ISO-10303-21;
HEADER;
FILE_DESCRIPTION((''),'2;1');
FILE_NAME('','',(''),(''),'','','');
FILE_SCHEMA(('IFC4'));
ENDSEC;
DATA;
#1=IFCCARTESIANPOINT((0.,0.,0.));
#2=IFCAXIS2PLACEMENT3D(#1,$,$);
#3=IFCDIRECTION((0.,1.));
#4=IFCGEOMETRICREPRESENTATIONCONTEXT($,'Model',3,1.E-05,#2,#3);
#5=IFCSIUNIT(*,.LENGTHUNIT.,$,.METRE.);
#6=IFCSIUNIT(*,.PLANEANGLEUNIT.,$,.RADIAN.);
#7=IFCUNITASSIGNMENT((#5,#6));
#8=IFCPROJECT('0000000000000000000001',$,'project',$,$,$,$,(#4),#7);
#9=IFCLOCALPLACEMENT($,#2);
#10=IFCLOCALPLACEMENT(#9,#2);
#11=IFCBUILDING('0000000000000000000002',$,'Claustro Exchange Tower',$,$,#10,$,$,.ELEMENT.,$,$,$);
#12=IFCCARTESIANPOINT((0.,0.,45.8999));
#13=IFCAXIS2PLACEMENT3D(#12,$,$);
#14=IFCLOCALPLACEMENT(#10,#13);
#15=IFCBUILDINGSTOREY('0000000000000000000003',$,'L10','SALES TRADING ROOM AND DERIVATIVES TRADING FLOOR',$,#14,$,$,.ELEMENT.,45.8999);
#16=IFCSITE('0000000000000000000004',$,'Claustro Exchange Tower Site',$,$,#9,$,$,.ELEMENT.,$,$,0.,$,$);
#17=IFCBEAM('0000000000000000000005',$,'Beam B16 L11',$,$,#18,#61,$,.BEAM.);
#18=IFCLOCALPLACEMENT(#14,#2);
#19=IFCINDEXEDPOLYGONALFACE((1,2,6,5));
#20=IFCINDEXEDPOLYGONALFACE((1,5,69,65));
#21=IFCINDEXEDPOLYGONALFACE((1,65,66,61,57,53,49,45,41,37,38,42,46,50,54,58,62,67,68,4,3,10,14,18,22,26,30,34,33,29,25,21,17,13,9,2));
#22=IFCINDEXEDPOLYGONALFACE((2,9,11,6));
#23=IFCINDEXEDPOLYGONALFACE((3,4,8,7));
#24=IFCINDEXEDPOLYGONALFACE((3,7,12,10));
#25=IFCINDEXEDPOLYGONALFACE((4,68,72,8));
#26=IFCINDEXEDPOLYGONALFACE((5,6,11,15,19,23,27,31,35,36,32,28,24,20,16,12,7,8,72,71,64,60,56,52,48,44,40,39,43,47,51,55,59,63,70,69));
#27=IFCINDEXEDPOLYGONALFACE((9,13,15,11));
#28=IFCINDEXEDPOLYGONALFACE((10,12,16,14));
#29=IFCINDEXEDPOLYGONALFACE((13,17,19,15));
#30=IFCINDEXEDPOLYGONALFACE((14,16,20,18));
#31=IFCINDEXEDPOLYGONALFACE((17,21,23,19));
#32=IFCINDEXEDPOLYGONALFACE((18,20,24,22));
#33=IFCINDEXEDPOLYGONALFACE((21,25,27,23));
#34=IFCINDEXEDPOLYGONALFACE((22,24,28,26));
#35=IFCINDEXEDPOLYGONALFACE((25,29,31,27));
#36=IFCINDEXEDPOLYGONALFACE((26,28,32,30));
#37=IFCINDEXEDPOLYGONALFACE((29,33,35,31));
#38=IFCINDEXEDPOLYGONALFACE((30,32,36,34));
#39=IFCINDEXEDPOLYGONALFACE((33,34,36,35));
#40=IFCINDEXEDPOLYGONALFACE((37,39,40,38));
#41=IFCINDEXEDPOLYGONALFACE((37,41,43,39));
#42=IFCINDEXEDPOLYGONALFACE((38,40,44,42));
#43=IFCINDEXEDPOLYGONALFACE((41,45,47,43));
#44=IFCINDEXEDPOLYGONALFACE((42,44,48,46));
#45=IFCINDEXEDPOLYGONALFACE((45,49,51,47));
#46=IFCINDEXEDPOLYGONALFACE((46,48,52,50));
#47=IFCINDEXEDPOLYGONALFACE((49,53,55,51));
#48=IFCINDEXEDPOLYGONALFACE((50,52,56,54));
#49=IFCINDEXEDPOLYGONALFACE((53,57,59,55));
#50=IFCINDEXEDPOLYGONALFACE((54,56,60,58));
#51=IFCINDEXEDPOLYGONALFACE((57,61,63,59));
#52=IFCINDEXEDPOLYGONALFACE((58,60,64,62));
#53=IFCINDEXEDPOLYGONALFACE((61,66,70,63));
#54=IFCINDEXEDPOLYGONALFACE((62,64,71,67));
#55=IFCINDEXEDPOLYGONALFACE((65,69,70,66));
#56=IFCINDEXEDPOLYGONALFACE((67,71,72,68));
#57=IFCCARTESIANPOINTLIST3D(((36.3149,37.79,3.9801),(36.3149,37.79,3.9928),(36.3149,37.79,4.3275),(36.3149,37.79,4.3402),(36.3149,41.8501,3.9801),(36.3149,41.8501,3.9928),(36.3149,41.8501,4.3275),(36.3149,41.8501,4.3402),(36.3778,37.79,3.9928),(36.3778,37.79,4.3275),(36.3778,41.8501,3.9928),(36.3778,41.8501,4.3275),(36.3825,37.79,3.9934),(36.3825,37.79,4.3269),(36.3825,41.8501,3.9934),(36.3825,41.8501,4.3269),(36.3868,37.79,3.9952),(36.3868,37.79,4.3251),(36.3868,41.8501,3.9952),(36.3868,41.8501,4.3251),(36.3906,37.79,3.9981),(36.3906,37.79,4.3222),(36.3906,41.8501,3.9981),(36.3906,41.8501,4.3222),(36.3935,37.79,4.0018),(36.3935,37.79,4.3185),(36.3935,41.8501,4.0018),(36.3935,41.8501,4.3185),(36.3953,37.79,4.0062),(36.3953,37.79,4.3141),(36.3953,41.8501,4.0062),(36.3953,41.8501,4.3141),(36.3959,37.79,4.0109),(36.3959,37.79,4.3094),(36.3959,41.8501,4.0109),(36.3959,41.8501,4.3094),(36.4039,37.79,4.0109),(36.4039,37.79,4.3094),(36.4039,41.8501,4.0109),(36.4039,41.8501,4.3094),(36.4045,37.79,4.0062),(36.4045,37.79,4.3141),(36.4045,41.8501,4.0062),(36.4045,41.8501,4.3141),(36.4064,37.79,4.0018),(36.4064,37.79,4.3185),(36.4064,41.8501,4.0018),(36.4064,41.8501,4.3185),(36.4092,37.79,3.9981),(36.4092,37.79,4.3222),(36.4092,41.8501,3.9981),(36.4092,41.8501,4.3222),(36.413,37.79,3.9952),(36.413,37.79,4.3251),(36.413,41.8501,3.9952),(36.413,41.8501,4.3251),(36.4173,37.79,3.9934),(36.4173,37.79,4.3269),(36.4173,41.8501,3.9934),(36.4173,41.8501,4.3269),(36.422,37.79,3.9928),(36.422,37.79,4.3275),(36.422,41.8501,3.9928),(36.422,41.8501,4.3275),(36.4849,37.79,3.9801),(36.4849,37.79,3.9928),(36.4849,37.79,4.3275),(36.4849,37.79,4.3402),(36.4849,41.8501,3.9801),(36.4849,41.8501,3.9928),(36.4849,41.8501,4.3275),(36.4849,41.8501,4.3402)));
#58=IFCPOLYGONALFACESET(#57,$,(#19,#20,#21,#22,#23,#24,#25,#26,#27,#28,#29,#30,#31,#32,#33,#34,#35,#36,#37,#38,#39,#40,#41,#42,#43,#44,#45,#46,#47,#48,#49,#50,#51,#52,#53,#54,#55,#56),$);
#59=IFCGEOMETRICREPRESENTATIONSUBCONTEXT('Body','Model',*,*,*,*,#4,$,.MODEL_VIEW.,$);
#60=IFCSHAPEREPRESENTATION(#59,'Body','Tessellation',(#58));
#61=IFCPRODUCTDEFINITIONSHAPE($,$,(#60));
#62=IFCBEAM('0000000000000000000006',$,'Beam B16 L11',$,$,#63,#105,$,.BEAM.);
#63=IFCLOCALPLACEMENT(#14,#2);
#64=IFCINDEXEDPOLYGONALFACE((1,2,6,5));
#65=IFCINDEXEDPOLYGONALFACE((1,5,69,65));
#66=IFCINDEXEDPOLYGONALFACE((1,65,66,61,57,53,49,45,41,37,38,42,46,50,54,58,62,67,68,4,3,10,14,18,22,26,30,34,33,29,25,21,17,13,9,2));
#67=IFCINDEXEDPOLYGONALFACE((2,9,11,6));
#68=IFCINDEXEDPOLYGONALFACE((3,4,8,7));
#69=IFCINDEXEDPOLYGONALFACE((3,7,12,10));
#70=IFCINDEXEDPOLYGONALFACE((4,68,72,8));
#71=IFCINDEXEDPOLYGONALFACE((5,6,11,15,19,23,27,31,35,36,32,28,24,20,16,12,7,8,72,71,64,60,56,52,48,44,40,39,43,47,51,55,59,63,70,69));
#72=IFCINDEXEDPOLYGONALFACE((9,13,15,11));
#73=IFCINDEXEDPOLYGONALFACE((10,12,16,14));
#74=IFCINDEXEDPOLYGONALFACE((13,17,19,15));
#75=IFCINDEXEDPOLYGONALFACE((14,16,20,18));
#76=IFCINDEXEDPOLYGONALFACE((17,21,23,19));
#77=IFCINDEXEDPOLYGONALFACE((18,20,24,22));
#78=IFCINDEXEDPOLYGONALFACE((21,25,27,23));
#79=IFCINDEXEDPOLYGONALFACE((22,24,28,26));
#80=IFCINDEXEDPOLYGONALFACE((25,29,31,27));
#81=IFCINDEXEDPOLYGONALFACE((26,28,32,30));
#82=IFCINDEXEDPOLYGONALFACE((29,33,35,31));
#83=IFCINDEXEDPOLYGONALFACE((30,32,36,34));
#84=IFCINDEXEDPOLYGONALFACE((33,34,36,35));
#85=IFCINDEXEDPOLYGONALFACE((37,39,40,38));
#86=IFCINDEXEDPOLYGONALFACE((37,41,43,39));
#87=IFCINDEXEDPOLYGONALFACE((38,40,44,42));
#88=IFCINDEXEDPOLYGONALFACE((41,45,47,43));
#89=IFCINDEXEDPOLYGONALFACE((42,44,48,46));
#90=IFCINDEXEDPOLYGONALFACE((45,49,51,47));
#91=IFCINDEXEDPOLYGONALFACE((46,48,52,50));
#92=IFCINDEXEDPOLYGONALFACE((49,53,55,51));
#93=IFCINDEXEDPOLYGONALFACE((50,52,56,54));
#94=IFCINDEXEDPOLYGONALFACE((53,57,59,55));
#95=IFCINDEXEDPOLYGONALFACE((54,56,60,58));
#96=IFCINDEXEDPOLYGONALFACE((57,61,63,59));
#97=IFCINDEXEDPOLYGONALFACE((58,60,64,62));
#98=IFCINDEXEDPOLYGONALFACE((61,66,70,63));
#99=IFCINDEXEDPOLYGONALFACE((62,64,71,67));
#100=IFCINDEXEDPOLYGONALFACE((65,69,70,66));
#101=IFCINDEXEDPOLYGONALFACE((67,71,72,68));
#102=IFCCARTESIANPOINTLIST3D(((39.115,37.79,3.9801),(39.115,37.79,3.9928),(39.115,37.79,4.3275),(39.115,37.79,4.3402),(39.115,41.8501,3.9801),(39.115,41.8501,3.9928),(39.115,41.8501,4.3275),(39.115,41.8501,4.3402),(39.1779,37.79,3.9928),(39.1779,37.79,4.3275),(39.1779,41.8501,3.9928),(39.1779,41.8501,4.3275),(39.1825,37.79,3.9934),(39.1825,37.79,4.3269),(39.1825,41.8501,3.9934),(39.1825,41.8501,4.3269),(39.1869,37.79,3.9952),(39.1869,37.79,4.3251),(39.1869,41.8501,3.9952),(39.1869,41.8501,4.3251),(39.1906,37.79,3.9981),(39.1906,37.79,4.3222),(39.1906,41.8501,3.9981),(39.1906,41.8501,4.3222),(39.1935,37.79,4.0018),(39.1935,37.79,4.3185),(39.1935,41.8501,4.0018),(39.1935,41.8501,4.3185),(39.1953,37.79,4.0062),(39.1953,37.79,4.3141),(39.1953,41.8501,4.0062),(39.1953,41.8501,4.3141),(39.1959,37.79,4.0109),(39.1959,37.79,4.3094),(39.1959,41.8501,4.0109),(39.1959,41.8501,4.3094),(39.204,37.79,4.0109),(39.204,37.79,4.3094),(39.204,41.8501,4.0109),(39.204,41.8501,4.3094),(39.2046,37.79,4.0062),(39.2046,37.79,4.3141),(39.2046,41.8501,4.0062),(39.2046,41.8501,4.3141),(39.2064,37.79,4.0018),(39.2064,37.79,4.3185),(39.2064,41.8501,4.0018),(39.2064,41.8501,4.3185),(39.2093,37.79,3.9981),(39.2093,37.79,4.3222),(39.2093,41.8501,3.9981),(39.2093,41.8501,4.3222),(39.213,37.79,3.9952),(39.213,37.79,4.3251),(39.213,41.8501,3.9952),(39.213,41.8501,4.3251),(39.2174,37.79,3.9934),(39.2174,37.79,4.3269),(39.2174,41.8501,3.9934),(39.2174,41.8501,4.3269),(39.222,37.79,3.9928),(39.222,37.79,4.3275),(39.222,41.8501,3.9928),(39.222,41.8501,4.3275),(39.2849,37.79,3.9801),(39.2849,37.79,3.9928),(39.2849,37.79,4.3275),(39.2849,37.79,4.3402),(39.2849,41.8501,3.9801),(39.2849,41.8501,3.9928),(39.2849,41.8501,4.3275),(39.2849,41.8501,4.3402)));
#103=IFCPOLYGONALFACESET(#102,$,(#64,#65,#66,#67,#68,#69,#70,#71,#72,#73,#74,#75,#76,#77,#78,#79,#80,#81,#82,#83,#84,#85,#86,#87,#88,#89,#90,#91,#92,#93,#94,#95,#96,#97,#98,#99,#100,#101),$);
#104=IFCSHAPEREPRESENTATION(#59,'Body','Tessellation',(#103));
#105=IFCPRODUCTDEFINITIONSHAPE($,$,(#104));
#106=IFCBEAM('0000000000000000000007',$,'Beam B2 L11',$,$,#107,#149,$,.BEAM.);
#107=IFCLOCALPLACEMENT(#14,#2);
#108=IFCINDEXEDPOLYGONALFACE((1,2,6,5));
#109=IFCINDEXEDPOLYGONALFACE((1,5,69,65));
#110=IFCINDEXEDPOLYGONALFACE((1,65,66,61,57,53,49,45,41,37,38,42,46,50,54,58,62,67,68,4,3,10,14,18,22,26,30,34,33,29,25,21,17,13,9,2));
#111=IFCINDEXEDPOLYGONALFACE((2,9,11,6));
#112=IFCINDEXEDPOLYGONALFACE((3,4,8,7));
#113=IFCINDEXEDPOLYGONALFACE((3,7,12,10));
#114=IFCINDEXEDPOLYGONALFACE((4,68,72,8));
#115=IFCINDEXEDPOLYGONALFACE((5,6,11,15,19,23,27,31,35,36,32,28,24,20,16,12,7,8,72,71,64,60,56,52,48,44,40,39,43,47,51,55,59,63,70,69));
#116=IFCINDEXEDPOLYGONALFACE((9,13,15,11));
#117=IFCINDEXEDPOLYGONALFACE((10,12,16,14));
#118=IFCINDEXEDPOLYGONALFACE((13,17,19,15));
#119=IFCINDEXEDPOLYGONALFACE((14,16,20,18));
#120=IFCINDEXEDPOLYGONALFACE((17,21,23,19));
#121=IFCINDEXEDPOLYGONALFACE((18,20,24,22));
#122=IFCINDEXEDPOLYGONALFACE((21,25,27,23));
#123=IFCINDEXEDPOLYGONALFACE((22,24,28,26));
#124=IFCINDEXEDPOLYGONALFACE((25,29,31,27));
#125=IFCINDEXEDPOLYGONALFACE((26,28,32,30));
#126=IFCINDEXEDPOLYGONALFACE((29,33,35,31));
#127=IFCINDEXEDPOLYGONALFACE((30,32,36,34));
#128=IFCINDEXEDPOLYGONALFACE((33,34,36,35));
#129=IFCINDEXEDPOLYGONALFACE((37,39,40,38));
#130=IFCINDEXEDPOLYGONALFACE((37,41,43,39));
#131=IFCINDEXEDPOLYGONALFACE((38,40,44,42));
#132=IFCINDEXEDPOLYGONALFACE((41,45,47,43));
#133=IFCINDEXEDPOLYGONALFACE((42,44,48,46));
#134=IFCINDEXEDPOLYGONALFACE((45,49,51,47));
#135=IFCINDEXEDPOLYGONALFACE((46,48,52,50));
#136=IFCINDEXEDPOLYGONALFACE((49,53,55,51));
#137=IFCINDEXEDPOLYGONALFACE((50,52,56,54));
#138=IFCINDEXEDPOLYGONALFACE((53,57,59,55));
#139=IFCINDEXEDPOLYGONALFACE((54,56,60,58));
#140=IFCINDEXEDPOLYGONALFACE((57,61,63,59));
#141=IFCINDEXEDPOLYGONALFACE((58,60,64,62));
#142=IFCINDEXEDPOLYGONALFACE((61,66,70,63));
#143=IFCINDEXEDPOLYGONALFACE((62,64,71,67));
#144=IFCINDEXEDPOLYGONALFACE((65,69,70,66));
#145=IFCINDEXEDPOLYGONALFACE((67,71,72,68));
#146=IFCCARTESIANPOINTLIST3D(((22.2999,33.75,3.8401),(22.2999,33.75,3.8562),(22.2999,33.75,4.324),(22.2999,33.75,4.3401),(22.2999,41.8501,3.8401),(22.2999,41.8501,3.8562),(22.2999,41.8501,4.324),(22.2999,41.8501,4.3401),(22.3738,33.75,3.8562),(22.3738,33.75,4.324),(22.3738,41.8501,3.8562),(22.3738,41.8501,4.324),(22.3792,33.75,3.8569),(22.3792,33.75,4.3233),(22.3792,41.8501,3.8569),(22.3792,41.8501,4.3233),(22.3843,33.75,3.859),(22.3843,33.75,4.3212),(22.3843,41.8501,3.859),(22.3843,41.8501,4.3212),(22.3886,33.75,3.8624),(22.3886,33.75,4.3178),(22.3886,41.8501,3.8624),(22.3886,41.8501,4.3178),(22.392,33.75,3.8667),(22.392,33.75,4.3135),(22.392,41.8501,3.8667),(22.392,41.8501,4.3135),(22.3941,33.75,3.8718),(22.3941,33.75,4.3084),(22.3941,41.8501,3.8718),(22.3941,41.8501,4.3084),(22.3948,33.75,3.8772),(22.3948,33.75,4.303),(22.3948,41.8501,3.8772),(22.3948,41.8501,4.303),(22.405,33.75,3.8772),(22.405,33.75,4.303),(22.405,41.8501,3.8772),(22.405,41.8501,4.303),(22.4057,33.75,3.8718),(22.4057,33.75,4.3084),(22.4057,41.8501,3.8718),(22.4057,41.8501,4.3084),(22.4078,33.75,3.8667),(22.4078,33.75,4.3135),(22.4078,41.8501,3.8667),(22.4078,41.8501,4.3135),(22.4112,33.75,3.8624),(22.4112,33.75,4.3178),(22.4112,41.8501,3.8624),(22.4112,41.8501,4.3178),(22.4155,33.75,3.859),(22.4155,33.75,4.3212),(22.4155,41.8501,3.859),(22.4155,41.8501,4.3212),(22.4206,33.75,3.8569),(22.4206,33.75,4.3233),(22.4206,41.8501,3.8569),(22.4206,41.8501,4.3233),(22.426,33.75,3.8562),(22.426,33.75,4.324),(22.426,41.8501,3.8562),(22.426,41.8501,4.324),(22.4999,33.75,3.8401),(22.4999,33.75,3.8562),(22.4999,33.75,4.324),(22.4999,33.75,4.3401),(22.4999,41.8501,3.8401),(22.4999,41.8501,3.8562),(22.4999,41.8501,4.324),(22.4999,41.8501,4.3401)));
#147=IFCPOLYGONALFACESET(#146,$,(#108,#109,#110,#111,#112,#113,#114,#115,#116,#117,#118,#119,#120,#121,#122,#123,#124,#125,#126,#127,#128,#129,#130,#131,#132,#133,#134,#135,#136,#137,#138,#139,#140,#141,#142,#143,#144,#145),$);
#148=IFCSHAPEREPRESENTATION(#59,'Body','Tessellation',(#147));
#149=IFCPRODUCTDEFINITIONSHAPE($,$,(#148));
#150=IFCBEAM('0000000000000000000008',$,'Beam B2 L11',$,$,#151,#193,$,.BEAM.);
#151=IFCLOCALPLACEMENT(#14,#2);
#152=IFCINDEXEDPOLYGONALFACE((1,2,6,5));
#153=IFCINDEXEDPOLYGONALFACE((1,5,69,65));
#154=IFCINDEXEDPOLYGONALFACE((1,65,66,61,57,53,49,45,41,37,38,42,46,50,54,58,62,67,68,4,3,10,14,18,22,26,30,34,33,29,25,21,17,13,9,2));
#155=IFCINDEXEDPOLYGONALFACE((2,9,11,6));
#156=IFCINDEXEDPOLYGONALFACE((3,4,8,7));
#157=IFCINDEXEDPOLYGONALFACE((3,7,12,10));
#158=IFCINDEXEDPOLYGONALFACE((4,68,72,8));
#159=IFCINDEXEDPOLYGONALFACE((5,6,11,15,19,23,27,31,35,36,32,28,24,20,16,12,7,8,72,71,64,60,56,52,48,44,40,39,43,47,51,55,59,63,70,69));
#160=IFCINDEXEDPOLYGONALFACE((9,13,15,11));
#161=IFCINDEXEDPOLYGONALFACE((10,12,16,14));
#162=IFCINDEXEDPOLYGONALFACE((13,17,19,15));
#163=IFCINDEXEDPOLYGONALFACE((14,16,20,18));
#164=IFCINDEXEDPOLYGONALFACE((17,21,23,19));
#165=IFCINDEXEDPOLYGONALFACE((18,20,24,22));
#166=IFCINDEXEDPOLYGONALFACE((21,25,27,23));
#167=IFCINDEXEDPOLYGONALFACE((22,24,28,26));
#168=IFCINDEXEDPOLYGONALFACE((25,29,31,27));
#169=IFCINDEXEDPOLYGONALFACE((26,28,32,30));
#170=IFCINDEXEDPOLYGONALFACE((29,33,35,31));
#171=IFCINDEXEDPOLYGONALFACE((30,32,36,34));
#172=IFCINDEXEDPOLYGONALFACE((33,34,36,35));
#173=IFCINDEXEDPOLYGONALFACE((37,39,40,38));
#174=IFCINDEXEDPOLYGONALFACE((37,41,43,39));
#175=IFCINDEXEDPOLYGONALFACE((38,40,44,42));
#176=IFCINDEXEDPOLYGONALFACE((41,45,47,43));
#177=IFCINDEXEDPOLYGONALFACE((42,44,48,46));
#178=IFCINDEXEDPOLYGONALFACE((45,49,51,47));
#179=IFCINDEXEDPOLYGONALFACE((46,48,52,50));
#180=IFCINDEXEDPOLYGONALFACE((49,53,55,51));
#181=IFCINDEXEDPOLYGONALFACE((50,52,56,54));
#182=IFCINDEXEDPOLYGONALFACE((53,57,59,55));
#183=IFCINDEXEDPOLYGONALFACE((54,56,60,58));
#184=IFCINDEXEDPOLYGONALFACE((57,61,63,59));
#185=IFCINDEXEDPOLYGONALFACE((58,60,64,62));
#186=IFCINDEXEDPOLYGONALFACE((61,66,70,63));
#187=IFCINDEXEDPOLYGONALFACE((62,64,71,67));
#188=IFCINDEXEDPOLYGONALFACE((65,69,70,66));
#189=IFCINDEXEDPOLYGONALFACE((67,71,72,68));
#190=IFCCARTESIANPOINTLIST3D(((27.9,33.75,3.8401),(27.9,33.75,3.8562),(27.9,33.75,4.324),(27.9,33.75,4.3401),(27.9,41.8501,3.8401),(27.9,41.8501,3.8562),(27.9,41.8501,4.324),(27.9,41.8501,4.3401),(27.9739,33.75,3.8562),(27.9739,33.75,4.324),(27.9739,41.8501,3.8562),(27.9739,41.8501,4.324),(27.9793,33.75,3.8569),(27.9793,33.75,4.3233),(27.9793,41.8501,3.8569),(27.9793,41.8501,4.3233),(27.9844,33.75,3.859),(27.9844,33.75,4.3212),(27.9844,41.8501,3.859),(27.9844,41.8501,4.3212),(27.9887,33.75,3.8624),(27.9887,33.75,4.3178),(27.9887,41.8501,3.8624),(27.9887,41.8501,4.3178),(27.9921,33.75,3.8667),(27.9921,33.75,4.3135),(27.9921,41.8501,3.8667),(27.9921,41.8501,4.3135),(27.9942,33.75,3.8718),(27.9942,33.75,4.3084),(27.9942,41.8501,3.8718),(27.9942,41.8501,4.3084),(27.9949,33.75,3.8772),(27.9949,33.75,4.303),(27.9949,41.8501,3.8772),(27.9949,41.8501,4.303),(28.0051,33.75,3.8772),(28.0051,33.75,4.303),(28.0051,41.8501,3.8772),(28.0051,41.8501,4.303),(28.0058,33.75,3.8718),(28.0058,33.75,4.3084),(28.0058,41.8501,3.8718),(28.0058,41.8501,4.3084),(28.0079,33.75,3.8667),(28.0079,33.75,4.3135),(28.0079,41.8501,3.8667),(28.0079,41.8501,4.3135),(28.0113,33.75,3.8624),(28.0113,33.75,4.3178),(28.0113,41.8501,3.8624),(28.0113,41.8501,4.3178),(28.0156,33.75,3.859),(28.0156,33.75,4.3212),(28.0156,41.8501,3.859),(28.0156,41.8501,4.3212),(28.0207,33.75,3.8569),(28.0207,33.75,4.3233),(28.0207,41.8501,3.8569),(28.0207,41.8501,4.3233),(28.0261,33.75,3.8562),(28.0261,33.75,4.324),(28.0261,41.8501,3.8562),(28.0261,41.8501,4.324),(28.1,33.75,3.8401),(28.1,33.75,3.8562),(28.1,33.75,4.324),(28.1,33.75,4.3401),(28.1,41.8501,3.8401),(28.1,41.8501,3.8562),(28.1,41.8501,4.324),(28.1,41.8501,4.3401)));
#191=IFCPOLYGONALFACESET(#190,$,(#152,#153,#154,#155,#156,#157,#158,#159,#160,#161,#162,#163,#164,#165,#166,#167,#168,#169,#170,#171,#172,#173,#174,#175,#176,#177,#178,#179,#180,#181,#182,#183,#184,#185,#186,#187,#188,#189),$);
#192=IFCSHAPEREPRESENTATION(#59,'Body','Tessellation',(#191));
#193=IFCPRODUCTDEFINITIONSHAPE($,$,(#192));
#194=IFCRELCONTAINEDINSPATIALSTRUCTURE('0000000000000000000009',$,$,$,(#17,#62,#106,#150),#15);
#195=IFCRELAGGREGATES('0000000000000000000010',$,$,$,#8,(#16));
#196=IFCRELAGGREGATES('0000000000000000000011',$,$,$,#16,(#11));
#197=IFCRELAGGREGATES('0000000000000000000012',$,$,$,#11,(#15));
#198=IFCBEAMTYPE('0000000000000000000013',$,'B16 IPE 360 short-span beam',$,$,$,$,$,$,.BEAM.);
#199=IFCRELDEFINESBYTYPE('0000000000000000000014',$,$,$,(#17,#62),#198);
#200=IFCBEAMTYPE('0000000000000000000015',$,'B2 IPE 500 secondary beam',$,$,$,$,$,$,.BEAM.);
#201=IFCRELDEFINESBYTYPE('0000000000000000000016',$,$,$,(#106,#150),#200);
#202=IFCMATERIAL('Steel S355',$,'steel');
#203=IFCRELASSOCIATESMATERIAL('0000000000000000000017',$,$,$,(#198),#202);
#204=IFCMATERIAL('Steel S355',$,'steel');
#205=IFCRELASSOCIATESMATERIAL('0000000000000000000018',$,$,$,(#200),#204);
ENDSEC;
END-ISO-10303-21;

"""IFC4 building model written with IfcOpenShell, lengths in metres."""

from ifc_helpers import new_model, si_unit, direction, frame, origin, origin_2d, place, context, subcontext, project, spatial, i_section, extrude, material, material_profile, profile_set, type_object, element, save


model = new_model("IFC4")

# Units and contexts
model_context = context("Model", 3, precision=1e-05, world=origin(), true_north=direction((0.0, 1.0)))
body_context = subcontext(model_context, "Body", "Model", "MODEL_VIEW")
ifc_project = project(units=[si_unit("LENGTHUNIT", "METRE"), si_unit("PLANEANGLEUNIT", "RADIAN")], contexts=[model_context])

# Site, building, storey
site_placement = place(None, origin())
site = spatial("IfcSite", under=ifc_project, at=site_placement, Name="Claustro Exchange Tower Site", CompositionType="ELEMENT", RefElevation=0.0)
building_placement = place(site_placement, origin())
building = spatial("IfcBuilding", under=site, at=building_placement, Name="Claustro Exchange Tower", CompositionType="ELEMENT")
storey_placement = place(building_placement, frame((0.0, 0.0, 45.8999)))
storey = spatial("IfcBuildingStorey", under=building, at=storey_placement, Name="L10", Description="SALES TRADING ROOM AND DERIVATIVES TRADING FLOOR", CompositionType="ELEMENT", Elevation=45.8999)

# Beams
ifc_material_1 = material(Name="Steel S355", Category="steel")
ifc_material_profile_1 = material_profile(ifc_material_1, i_section(OverallWidth=0.1699, OverallDepth=0.3601, WebThickness=0.0081, FlangeThickness=0.0127, FilletRadius=0.0181, at=origin_2d()), Name="IPE 360")
ifc_profile_set_1 = profile_set([ifc_material_profile_1], Name="Steel S355")
beam_type_1 = type_object("IfcBeamType", Name="B16 IPE 360 short-span beam", PredefinedType="BEAM", material=ifc_profile_set_1)
for number, where, z_axis, x_axis, name in (
    (1, (36.3999, 37.79, 4.1602), (0.0, 1.0, 0.0), (-1.0, 0.0, 0.0), "Beam B16 L11"),
    (2, (39.2, 37.79, 4.1602), (0.0, 1.0, 0.0), (-1.0, 0.0, 0.0), "Beam B16 L11"),
):
    element("IfcBeam", number, at=place(storey_placement, frame(where, z_axis=z_axis, x_axis=x_axis)), inside=storey, type_object=beam_type_1, Name=name, PredefinedType="BEAM", context=body_context, shape_type="SweptSolid", body=[
        extrude(i_section(OverallWidth=0.1699, OverallDepth=0.3601, WebThickness=0.0081, FlangeThickness=0.0127, FilletRadius=0.0181, at=origin_2d()), origin(), (0.0, 0.0, 1.0), 4.0601),
    ])
ifc_material_2 = material(Name="Steel S355", Category="steel")
ifc_material_profile_2 = material_profile(ifc_material_2, i_section(OverallWidth=0.2, OverallDepth=0.5, WebThickness=0.0103, FlangeThickness=0.0161, FilletRadius=0.021, at=origin_2d()), Name="IPE 500")
ifc_profile_set_2 = profile_set([ifc_material_profile_2], Name="Steel S355")
beam_type_2 = type_object("IfcBeamType", Name="B2 IPE 500 secondary beam", PredefinedType="BEAM", material=ifc_profile_set_2)
for number, where, z_axis, x_axis, name in (
    (3, (22.3999, 33.75, 4.0901), (0.0, 1.0, 0.0), (-1.0, 0.0, 0.0), "Beam B2 L11"),
    (4, (28.0, 33.75, 4.0901), (0.0, 1.0, 0.0), (-1.0, 0.0, 0.0), "Beam B2 L11"),
):
    element("IfcBeam", number, at=place(storey_placement, frame(where, z_axis=z_axis, x_axis=x_axis)), inside=storey, type_object=beam_type_2, Name=name, PredefinedType="BEAM", context=body_context, shape_type="SweptSolid", body=[
        extrude(i_section(OverallWidth=0.2, OverallDepth=0.5, WebThickness=0.0103, FlangeThickness=0.0161, FilletRadius=0.021, at=origin_2d()), origin(), (0.0, 0.0, 1.0), 8.1001),
    ])

save(model, "model.ifc")
